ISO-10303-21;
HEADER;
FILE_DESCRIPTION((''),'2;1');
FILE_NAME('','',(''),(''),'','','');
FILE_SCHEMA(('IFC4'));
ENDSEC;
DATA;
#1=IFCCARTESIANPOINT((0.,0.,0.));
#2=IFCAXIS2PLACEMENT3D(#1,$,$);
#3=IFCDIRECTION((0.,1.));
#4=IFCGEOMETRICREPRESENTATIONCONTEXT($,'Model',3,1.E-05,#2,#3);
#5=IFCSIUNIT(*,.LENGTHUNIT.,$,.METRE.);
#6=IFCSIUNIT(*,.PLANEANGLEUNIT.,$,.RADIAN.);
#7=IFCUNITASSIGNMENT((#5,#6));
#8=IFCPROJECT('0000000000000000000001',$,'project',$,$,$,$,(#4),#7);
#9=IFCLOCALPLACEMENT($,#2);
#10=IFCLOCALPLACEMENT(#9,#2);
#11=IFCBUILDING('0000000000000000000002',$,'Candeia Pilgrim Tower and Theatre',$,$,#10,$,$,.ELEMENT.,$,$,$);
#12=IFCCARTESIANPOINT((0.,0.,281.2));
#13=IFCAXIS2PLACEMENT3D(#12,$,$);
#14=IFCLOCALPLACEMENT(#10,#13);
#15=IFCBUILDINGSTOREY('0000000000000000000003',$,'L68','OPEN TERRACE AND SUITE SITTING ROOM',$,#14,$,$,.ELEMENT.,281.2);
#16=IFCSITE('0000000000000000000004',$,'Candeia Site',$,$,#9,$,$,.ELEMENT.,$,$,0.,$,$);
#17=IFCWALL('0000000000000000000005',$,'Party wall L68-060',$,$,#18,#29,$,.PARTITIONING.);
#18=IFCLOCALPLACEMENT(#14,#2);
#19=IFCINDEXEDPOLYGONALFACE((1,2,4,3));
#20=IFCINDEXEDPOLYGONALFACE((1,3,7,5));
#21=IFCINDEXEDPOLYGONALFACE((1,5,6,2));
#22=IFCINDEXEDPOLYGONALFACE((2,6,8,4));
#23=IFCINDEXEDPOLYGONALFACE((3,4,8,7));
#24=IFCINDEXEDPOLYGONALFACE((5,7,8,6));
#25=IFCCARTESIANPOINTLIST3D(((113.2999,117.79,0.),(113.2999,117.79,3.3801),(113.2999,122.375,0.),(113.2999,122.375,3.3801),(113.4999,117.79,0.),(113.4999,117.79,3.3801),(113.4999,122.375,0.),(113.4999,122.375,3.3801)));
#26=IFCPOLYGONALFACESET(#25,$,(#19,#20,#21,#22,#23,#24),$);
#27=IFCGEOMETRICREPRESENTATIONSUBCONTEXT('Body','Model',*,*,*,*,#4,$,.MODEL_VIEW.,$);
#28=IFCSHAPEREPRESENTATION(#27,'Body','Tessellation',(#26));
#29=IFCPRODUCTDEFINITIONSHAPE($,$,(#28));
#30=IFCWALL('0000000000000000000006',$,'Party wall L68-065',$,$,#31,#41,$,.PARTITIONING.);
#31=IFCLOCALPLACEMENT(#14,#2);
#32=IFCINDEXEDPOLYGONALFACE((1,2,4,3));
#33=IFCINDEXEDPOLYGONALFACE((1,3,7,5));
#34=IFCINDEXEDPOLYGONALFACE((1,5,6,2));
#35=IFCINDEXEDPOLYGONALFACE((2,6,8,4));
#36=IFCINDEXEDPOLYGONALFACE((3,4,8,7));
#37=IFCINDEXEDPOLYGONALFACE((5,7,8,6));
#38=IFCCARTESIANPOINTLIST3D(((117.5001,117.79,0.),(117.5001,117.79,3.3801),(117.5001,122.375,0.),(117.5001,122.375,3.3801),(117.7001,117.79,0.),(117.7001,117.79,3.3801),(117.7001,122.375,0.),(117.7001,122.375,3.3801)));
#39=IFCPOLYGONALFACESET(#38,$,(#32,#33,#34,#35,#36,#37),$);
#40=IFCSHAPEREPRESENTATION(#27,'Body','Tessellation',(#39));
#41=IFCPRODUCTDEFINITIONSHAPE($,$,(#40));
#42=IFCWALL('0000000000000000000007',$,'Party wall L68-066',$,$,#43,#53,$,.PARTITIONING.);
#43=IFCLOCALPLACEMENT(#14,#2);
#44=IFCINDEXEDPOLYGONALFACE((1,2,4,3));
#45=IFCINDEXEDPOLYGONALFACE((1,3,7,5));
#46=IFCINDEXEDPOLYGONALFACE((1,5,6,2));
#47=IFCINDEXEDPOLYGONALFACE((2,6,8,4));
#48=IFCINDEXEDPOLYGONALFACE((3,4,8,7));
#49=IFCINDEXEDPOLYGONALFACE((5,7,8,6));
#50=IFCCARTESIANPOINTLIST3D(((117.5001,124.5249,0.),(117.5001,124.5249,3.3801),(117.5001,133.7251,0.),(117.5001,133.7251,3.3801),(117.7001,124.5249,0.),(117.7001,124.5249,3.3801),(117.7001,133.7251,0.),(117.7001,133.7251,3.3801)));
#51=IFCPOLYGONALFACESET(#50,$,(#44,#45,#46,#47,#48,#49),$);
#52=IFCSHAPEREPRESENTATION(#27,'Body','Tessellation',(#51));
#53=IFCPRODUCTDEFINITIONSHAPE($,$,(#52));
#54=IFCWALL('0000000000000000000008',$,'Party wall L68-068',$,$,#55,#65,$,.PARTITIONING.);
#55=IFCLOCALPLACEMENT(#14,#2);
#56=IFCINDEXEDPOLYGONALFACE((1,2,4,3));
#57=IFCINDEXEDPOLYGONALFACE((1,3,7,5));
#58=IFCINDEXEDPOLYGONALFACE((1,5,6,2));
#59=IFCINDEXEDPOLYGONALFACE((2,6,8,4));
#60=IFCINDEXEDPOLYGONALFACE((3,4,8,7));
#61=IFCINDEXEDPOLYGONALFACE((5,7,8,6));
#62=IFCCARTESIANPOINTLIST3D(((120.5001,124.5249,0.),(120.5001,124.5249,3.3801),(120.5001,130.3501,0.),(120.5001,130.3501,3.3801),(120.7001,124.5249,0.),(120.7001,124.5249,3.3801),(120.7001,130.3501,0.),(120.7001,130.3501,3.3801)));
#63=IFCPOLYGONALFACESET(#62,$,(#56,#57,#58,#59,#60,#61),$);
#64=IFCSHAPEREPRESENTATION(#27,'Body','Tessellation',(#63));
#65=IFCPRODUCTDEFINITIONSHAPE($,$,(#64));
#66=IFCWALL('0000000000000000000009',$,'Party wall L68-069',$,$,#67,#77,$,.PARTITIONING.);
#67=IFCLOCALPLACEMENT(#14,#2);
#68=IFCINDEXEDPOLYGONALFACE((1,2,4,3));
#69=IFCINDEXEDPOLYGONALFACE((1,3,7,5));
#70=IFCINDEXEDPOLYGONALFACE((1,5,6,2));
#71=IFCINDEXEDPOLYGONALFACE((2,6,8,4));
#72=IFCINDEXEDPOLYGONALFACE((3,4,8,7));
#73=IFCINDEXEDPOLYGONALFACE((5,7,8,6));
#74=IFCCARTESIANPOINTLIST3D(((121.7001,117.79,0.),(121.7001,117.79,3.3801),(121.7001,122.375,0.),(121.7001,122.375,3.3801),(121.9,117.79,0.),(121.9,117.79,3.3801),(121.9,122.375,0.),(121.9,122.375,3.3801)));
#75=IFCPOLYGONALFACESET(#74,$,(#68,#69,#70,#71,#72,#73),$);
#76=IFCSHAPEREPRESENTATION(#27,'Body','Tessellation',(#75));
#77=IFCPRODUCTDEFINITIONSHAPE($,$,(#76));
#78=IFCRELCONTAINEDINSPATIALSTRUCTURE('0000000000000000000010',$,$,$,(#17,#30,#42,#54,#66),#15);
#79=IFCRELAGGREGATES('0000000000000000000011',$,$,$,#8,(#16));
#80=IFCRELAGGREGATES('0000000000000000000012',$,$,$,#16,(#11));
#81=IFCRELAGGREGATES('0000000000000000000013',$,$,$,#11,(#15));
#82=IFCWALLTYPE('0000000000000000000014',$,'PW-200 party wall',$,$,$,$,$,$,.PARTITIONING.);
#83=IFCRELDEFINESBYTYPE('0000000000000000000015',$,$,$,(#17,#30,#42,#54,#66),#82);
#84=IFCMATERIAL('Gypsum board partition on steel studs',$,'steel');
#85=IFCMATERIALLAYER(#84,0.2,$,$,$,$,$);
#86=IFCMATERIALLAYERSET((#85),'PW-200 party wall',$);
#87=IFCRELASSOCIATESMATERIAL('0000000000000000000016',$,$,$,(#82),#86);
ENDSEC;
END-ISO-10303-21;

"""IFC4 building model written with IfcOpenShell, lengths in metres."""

from ifc_helpers import new_model, si_unit, direction, frame, frame_2d, origin, place, context, subcontext, project, spatial, rectangle, extrude, material, layer, layer_set, type_object, element, save


model = new_model("IFC4")

# Units and contexts
model_context = context("Model", 3, precision=1e-05, world=origin(), true_north=direction((0.0, 1.0)))
body_context = subcontext(model_context, "Body", "Model", "MODEL_VIEW")
ifc_project = project(units=[si_unit("LENGTHUNIT", "METRE"), si_unit("PLANEANGLEUNIT", "RADIAN")], contexts=[model_context])

# Site, building, storey
site_placement = place(None, origin())
site = spatial("IfcSite", under=ifc_project, at=site_placement, Name="Candeia Site", CompositionType="ELEMENT", RefElevation=0.0)
building_placement = place(site_placement, origin())
building = spatial("IfcBuilding", under=site, at=building_placement, Name="Candeia Pilgrim Tower and Theatre", CompositionType="ELEMENT")
storey_placement = place(building_placement, frame((0.0, 0.0, 281.2)))
storey = spatial("IfcBuildingStorey", under=building, at=storey_placement, Name="L68", Description="OPEN TERRACE AND SUITE SITTING ROOM", CompositionType="ELEMENT", Elevation=281.2)

# Shared definitions
ifc_material_1 = material(Name="Gypsum board partition on steel studs", Category="steel")

# Walls
ifc_layer_1 = layer(ifc_material_1, 0.2)
ifc_layer_set_1 = layer_set([ifc_layer_1], Name="PW-200 party wall")
wall_type_1 = type_object("IfcWallType", Name="PW-200 party wall", PredefinedType="PARTITIONING", material=ifc_layer_set_1)
for number, where, z_axis, x_axis, name in (
    (1, (113.3999, 117.79, 0.0), (0.0, 0.0, 1.0), (0.0, 1.0, 0.0), "Party wall L68-060"),
    (2, (117.6001, 117.79, 0.0), (0.0, 0.0, 1.0), (0.0, 1.0, 0.0), "Party wall L68-065"),
):
    element("IfcWall", number, at=place(storey_placement, frame(where, z_axis=z_axis, x_axis=x_axis)), inside=storey, type_object=wall_type_1, Name=name, PredefinedType="PARTITIONING", context=body_context, shape_type="SweptSolid", body=[
        extrude(rectangle(XDim=4.585, YDim=0.2, at=frame_2d((2.2925, 0.0))), origin(), (0.0, 0.0, 1.0), 3.3801),
    ])
wall_1_placement = place(storey_placement, frame((117.6001, 124.5249, 0.0), z_axis=(0.0, 0.0, 1.0), x_axis=(0.0, 1.0, 0.0)))
element("IfcWall", 3, at=wall_1_placement, inside=storey, type_object=wall_type_1, Name="Party wall L68-066", PredefinedType="PARTITIONING", context=body_context, shape_type="SweptSolid", body=[
    extrude(rectangle(XDim=9.2002, YDim=0.2, at=frame_2d((4.6001, 0.0))), origin(), (0.0, 0.0, 1.0), 3.3801),
])
wall_2_placement = place(storey_placement, frame((120.6001, 124.5249, 0.0), z_axis=(0.0, 0.0, 1.0), x_axis=(0.0, 1.0, 0.0)))
element("IfcWall", 4, at=wall_2_placement, inside=storey, type_object=wall_type_1, Name="Party wall L68-068", PredefinedType="PARTITIONING", context=body_context, shape_type="SweptSolid", body=[
    extrude(rectangle(XDim=5.8252, YDim=0.2, at=frame_2d((2.9126, 0.0))), origin(), (0.0, 0.0, 1.0), 3.3801),
])
wall_3_placement = place(storey_placement, frame((121.8, 117.79, 0.0), z_axis=(0.0, 0.0, 1.0), x_axis=(0.0, 1.0, 0.0)))
element("IfcWall", 5, at=wall_3_placement, inside=storey, type_object=wall_type_1, Name="Party wall L68-069", PredefinedType="PARTITIONING", context=body_context, shape_type="SweptSolid", body=[
    extrude(rectangle(XDim=4.585, YDim=0.2, at=frame_2d((2.2925, 0.0))), origin(), (0.0, 0.0, 1.0), 3.3801),
])

save(model, "model.ifc")
